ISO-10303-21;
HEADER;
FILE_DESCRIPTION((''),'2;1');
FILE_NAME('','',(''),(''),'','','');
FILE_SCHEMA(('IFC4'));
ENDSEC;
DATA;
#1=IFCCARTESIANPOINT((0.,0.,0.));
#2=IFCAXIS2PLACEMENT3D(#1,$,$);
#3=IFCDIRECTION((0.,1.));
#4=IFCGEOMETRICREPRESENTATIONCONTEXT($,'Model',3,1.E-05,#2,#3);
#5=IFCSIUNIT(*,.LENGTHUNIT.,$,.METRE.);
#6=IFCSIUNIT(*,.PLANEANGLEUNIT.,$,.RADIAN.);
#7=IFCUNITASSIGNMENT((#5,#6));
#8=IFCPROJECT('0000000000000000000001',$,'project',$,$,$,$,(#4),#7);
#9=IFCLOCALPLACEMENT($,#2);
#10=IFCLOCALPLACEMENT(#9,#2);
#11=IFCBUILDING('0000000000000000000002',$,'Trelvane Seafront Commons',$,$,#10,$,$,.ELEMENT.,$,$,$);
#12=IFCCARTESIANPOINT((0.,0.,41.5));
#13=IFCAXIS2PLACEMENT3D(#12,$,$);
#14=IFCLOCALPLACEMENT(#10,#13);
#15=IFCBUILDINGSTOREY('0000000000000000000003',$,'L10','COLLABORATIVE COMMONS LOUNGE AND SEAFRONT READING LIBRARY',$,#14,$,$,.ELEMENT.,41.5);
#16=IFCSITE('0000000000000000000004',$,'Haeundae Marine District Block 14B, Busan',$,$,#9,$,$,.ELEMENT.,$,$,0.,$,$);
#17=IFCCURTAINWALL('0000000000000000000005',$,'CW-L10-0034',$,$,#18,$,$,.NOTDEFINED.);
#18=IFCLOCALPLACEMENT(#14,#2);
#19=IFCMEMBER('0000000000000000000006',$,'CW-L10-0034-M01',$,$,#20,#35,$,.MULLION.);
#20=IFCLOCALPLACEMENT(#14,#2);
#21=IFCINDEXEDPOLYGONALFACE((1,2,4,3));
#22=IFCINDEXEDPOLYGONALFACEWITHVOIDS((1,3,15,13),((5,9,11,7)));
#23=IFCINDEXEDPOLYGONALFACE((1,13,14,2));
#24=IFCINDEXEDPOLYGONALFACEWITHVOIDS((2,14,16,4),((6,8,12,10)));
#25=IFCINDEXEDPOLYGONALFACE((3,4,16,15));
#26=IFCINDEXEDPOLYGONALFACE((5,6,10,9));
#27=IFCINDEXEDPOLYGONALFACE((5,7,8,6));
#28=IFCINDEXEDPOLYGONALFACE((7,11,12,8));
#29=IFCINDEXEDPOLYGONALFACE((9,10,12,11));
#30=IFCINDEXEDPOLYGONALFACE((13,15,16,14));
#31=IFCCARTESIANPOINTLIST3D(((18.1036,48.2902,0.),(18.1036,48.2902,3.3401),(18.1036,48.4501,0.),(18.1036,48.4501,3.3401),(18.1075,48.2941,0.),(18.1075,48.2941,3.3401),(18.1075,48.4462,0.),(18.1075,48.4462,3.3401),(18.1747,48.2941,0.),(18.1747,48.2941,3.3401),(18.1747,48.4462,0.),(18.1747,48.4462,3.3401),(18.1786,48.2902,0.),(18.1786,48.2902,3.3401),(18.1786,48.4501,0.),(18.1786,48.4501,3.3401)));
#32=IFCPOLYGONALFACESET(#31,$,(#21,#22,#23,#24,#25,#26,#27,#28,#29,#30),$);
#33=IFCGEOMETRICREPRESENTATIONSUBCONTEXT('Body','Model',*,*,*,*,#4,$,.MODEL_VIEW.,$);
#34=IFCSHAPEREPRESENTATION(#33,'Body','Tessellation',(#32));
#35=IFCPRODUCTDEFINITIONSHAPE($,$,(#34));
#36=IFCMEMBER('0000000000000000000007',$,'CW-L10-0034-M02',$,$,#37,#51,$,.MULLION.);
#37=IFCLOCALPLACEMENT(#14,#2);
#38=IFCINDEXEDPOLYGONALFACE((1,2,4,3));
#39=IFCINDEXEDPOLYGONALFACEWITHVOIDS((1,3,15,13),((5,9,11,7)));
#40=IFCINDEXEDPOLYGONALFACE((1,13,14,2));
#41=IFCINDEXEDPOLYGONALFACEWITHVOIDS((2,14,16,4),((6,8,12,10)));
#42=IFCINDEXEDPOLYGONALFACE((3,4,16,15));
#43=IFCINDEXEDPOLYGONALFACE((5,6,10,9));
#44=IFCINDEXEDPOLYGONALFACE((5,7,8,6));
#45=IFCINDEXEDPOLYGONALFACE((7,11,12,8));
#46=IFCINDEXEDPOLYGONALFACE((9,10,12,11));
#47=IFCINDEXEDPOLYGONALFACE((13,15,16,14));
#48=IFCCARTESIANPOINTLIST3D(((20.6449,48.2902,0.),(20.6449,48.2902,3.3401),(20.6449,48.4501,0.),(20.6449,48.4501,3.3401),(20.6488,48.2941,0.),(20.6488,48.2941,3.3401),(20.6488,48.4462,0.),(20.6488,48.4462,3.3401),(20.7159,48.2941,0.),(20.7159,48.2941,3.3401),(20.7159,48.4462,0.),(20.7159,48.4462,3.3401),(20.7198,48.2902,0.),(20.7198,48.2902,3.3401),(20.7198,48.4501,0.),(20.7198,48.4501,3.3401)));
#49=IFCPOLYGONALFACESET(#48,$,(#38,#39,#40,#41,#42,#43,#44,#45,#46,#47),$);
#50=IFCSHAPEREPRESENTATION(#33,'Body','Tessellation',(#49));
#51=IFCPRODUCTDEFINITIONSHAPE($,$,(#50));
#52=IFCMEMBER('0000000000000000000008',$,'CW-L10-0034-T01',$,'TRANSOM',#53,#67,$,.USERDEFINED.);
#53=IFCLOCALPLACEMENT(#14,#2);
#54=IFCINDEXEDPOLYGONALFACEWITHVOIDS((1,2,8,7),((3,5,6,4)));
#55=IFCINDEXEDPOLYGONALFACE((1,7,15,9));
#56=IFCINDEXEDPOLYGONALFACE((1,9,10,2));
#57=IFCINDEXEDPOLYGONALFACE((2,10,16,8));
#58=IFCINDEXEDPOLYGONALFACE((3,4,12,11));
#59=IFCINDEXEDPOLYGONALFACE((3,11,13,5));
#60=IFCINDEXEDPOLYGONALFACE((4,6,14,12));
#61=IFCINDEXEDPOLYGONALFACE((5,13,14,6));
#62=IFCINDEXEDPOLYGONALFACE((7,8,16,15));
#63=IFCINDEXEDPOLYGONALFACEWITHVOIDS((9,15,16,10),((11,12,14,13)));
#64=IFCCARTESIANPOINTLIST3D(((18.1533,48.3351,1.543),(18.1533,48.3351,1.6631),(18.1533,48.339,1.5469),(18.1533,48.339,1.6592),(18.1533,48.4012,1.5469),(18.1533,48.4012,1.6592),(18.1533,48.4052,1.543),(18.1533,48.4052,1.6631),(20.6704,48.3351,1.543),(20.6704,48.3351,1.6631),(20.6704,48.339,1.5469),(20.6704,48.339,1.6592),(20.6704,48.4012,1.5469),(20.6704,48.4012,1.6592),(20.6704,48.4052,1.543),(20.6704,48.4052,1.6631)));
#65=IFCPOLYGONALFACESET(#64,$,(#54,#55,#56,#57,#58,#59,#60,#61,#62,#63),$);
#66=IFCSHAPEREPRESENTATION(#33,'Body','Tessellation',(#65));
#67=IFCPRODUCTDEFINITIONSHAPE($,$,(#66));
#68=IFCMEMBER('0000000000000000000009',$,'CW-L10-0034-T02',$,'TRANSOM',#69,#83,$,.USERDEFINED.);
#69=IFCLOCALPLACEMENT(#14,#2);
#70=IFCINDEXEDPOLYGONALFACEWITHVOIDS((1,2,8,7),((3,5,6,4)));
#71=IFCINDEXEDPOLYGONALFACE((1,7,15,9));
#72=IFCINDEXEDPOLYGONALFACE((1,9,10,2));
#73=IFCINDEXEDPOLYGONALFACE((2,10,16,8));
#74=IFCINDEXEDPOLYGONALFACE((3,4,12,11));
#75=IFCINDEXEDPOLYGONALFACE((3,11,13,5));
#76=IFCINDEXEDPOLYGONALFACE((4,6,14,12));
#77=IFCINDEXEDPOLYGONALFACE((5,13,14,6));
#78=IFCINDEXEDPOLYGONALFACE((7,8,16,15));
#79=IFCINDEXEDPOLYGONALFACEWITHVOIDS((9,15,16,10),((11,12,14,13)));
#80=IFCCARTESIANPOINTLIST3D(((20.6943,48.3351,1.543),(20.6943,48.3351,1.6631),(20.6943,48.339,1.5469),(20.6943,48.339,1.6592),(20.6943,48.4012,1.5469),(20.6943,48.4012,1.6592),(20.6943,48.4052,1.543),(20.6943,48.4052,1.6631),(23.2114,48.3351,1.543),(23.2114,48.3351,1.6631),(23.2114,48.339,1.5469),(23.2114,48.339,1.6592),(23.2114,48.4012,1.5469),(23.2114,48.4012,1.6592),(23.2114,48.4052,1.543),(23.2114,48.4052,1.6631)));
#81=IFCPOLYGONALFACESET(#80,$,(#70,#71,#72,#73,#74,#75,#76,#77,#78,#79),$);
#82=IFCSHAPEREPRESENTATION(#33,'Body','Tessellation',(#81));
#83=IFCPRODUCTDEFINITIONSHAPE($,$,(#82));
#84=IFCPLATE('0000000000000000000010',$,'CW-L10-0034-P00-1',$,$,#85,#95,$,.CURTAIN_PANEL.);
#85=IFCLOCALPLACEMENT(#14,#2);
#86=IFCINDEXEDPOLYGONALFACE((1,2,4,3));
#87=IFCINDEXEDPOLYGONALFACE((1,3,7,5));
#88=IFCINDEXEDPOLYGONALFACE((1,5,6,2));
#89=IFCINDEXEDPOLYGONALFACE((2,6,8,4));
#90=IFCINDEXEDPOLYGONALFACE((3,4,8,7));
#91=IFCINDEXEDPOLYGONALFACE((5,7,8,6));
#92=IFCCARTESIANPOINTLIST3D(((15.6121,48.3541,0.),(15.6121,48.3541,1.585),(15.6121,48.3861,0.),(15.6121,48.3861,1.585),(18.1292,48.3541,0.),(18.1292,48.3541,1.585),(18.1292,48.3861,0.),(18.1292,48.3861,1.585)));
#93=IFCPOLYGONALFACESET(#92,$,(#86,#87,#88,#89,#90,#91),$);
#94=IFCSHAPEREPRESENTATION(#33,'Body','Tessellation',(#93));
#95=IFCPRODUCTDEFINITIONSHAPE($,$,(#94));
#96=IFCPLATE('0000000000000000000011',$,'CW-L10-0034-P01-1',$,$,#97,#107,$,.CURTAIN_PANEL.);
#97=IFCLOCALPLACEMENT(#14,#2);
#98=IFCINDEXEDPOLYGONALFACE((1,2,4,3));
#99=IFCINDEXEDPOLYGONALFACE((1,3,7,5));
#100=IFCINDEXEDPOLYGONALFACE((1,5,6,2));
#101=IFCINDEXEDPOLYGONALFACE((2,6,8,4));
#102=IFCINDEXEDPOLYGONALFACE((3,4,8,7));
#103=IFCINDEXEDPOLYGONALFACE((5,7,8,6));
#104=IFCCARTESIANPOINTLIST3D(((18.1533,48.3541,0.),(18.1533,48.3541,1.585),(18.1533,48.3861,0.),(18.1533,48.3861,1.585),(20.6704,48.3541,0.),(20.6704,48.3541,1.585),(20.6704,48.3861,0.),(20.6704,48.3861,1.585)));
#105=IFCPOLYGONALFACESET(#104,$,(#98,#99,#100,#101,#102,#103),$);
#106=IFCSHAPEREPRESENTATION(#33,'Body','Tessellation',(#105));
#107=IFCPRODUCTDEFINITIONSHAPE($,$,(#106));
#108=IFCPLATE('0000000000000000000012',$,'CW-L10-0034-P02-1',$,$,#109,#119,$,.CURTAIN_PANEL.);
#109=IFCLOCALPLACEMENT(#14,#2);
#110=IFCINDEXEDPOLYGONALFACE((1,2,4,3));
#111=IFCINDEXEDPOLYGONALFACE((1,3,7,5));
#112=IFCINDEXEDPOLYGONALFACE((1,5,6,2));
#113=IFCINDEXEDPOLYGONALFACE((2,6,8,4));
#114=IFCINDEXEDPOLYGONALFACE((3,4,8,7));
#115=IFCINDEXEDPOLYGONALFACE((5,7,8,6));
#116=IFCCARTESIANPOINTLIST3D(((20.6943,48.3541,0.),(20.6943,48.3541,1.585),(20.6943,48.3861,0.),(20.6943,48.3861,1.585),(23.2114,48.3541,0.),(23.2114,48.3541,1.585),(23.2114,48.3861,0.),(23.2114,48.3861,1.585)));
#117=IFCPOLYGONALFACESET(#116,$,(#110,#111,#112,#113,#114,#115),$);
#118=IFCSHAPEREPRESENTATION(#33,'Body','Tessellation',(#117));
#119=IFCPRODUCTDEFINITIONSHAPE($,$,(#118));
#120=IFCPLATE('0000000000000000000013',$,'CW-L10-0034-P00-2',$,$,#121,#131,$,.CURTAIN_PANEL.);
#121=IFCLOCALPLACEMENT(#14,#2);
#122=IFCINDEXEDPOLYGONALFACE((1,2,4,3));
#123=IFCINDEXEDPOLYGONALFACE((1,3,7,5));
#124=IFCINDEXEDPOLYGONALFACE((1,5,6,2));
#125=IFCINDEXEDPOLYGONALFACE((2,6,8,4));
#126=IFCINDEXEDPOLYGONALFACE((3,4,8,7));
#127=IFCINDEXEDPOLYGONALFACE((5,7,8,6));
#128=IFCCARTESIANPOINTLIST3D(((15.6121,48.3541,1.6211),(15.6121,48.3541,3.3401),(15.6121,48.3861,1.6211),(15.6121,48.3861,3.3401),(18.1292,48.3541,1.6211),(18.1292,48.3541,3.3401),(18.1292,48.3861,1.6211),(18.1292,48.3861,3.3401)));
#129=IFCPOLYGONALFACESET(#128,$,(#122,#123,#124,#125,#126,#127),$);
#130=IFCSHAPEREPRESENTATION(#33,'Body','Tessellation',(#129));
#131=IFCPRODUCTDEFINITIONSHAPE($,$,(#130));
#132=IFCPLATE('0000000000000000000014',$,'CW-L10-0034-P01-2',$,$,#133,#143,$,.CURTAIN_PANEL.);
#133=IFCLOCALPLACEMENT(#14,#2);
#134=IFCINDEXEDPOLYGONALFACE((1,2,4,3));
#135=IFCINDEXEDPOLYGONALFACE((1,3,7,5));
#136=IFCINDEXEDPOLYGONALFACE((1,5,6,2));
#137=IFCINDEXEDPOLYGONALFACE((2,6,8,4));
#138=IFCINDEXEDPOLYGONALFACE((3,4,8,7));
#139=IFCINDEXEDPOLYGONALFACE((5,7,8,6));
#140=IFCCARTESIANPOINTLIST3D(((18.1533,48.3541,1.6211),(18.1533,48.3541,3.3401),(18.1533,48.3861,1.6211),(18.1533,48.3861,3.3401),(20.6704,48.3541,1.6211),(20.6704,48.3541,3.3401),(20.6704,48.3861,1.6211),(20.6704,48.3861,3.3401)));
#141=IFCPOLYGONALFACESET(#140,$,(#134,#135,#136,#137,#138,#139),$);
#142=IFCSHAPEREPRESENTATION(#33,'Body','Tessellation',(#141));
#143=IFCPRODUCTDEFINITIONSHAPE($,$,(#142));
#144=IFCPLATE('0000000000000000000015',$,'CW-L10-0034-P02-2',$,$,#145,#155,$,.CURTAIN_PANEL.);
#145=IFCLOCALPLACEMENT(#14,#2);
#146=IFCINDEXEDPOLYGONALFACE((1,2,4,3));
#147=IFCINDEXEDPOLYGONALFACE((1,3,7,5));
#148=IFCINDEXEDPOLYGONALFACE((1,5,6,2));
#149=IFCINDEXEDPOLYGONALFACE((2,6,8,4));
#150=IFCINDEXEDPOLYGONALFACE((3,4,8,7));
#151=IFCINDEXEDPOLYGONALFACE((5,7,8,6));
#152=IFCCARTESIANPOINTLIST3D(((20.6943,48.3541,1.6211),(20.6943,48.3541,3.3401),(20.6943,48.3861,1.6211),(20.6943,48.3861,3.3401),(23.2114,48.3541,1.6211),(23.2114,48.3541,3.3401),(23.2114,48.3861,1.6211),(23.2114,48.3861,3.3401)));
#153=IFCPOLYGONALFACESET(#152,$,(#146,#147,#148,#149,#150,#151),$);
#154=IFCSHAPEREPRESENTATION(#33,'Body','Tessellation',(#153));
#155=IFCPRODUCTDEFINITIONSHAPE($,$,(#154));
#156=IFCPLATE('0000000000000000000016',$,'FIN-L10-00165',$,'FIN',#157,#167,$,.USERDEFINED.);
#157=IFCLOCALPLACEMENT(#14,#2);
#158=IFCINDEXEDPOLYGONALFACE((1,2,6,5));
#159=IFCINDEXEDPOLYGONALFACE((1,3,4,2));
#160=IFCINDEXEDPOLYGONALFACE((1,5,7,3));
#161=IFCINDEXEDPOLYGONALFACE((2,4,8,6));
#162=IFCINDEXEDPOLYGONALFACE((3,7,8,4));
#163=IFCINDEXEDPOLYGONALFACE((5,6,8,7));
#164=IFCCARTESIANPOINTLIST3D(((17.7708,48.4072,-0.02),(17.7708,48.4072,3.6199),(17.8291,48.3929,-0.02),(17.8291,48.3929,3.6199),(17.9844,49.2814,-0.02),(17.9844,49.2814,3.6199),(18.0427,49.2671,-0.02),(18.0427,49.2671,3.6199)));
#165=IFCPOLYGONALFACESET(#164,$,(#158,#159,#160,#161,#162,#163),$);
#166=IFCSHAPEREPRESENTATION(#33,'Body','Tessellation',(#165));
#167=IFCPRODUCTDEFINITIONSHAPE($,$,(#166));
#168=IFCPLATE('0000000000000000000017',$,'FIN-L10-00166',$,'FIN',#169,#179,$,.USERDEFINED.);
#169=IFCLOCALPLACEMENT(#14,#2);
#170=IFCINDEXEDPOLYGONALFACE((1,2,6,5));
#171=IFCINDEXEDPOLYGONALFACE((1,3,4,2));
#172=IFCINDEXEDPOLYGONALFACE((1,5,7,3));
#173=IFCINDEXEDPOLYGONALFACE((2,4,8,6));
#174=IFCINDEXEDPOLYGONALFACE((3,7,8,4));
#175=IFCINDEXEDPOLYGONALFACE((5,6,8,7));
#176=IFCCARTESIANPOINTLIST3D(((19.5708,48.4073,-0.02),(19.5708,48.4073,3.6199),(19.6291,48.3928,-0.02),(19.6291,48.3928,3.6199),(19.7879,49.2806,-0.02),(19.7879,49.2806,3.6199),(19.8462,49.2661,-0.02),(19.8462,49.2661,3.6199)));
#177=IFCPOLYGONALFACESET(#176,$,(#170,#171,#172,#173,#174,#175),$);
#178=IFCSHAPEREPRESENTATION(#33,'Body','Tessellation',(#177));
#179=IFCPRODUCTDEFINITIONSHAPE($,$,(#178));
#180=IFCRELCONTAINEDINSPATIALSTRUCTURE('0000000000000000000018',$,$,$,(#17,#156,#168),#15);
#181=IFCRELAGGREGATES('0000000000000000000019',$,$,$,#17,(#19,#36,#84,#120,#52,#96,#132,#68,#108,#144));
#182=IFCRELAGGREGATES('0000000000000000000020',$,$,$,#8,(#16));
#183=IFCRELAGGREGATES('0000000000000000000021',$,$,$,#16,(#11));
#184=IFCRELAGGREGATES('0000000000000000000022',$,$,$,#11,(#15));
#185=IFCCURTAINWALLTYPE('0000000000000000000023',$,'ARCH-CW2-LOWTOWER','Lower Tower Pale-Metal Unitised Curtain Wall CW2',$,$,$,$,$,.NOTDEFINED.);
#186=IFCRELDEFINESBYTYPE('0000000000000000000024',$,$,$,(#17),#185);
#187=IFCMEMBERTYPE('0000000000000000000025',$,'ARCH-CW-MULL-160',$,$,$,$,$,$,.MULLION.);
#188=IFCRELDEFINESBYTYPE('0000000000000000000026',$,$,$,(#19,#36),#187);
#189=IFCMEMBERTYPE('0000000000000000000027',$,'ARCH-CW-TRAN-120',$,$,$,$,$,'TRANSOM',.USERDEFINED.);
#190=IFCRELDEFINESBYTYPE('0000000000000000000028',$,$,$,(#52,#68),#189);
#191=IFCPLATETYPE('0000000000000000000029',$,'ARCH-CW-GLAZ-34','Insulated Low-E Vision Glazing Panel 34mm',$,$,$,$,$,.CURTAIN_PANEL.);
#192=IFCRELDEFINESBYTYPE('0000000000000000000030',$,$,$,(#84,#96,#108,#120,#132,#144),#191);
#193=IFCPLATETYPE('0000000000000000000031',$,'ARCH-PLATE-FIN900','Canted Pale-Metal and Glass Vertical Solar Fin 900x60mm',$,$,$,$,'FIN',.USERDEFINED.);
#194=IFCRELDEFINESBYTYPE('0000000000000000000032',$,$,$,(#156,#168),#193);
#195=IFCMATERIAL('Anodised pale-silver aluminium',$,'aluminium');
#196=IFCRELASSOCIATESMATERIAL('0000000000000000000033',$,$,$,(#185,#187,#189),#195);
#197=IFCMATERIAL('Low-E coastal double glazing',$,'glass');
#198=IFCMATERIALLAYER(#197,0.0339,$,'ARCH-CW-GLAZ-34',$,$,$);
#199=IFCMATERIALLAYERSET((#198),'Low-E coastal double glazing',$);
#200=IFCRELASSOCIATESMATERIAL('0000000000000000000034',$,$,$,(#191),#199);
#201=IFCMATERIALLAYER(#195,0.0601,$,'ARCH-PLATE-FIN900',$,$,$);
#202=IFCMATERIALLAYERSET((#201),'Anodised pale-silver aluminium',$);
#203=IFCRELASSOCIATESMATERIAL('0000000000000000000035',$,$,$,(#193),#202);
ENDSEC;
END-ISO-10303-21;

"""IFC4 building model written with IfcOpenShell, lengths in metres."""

from ifc_helpers import new_model, si_unit, direction, frame, origin, origin_2d, place, context, subcontext, project, spatial, rectangle, hollow_rectangle, extrude, source, transform, mapped, material, layer, layer_set, material_profile, profile_set, type_object, element, aggregate, save


model = new_model("IFC4")

# Units and contexts
model_context = context("Model", 3, precision=1e-05, world=origin(), true_north=direction((0.0, 1.0)))
body_context = subcontext(model_context, "Body", "Model", "MODEL_VIEW")
ifc_project = project(units=[si_unit("LENGTHUNIT", "METRE"), si_unit("PLANEANGLEUNIT", "RADIAN")], contexts=[model_context])

# Site, building, storey
site_placement = place(None, origin())
site = spatial("IfcSite", under=ifc_project, at=site_placement, Name="Haeundae Marine District Block 14B, Busan", CompositionType="ELEMENT", RefElevation=0.0)
building_placement = place(site_placement, origin())
building = spatial("IfcBuilding", under=site, at=building_placement, Name="Trelvane Seafront Commons", CompositionType="ELEMENT")
storey_placement = place(building_placement, frame((0.0, 0.0, 41.5)))
storey = spatial("IfcBuildingStorey", under=building, at=storey_placement, Name="L10", Description="COLLABORATIVE COMMONS LOUNGE AND SEAFRONT READING LIBRARY", CompositionType="ELEMENT", Elevation=41.5)

# Curtain wall, members, plates
ifc_material_1 = material(Name="Anodised pale-silver aluminium", Category="aluminium")
curtain_wall_type = type_object("IfcCurtainWallType", Name="ARCH-CW2-LOWTOWER", Description="Lower Tower Pale-Metal Unitised Curtain Wall CW2", PredefinedType="NOTDEFINED", material=ifc_material_1)
curtain_wall_placement = place(storey_placement, origin())
curtain_wall = element("IfcCurtainWall", 1, at=curtain_wall_placement, inside=storey, type_object=curtain_wall_type, Name="CW-L10-0034", PredefinedType="NOTDEFINED")
ifc_material_profile_1 = material_profile(ifc_material_1, hollow_rectangle(XDim=0.075, YDim=0.1599, WallThickness=0.0039, at=origin_2d()), Name="MULL-75x160x4")
ifc_profile_set_1 = profile_set([ifc_material_profile_1], Name="Anodised pale-silver aluminium")
member_type_1 = type_object("IfcMemberType", Name="ARCH-CW-MULL-160", PredefinedType="MULLION", material=ifc_profile_set_1)
shared_shape_1 = source(origin(), body_context, "Body", "SweptSolid", [
    extrude(hollow_rectangle(XDim=0.075, YDim=0.1599, WallThickness=0.0039, at=origin_2d()), origin(), (0.0, 0.0, 1.0), 3.3401),
])
member_1_placement = place(storey_placement, frame((18.1411, 48.3701, 0.0), z_axis=(0.0, 0.0, 1.0), x_axis=(1.0, 0.0, 0.0)))
member_1 = element("IfcMember", 2, at=member_1_placement, type_object=member_type_1, Name="CW-L10-0034-M01", PredefinedType="MULLION", context=body_context, shape_type="MappedRepresentation", body=[
    mapped(shared_shape_1, transform((0.0, 0.0, 0.0), x_axis=(1.0, 0.0, 0.0), y_axis=(0.0, 1.0, 0.0), z_axis=(0.0, 0.0, 1.0), scale=1.0)),
])
member_2_placement = place(storey_placement, frame((20.6824, 48.3701, 0.0), z_axis=(0.0, 0.0, 1.0), x_axis=(1.0, 0.0, 0.0)))
member_2 = element("IfcMember", 3, at=member_2_placement, type_object=member_type_1, Name="CW-L10-0034-M02", PredefinedType="MULLION", context=body_context, shape_type="MappedRepresentation", body=[
    mapped(shared_shape_1, transform((0.0, 0.0, 0.0), x_axis=(1.0, 0.0, 0.0), y_axis=(0.0, 1.0, 0.0), z_axis=(0.0, 0.0, 1.0), scale=1.0)),
])
ifc_material_profile_2 = material_profile(ifc_material_1, hollow_rectangle(XDim=0.0701, YDim=0.1201, WallThickness=0.0039, at=origin_2d()), Name="TRAN-70x120x4")
ifc_profile_set_2 = profile_set([ifc_material_profile_2], Name="Anodised pale-silver aluminium")
member_type_2 = type_object("IfcMemberType", Name="ARCH-CW-TRAN-120", ElementType="TRANSOM", PredefinedType="USERDEFINED", material=ifc_profile_set_2)
shared_shape_2 = source(origin(), body_context, "Body", "SweptSolid", [
    extrude(hollow_rectangle(XDim=0.0701, YDim=0.1201, WallThickness=0.0039, at=origin_2d()), origin(), (0.0, 0.0, 1.0), 2.5171),
])
member_3_placement = place(storey_placement, frame((18.1533, 48.3701, 1.603), z_axis=(1.0, 0.0, 0.0), x_axis=(0.0, 1.0, 0.0)))
member_3 = element("IfcMember", 4, at=member_3_placement, type_object=member_type_2, Name="CW-L10-0034-T01", ObjectType="TRANSOM", PredefinedType="USERDEFINED", context=body_context, shape_type="MappedRepresentation", body=[
    mapped(shared_shape_2, transform((0.0, 0.0, 0.0), x_axis=(1.0, 0.0, 0.0), y_axis=(0.0, 1.0, 0.0), z_axis=(0.0, 0.0, 1.0), scale=1.0)),
])
member_4_placement = place(storey_placement, frame((20.6943, 48.3701, 1.603), z_axis=(1.0, 0.0, 0.0), x_axis=(0.0, 1.0, 0.0)))
member_4 = element("IfcMember", 5, at=member_4_placement, type_object=member_type_2, Name="CW-L10-0034-T02", ObjectType="TRANSOM", PredefinedType="USERDEFINED", context=body_context, shape_type="MappedRepresentation", body=[
    mapped(shared_shape_2, transform((0.0, 0.0, 0.0), x_axis=(1.0, 0.0, 0.0), y_axis=(0.0, 1.0, 0.0), z_axis=(0.0, 0.0, 1.0), scale=1.0)),
])
ifc_material_2 = material(Name="Low-E coastal double glazing", Category="glass")
ifc_layer_1 = layer(ifc_material_2, 0.0339, Name="ARCH-CW-GLAZ-34")
ifc_layer_set_1 = layer_set([ifc_layer_1], Name="Low-E coastal double glazing")
plate_type_1 = type_object("IfcPlateType", Name="ARCH-CW-GLAZ-34", Description="Insulated Low-E Vision Glazing Panel 34mm", PredefinedType="CURTAIN_PANEL", material=ifc_layer_set_1)
shared_shape_3 = source(origin(), body_context, "Body", "SweptSolid", [
    extrude(rectangle(XDim=2.5171, YDim=0.032, at=origin_2d()), origin(), (0.0, 0.0, 1.0), 1.585),
])
plate_1_placement = place(storey_placement, frame((16.8706, 48.3701, 0.0), z_axis=(0.0, 0.0, 1.0), x_axis=(1.0, 0.0, 0.0)))
plate_1 = element("IfcPlate", 6, at=plate_1_placement, type_object=plate_type_1, Name="CW-L10-0034-P00-1", PredefinedType="CURTAIN_PANEL", context=body_context, shape_type="MappedRepresentation", body=[
    mapped(shared_shape_3, transform((0.0, 0.0, 0.0), x_axis=(1.0, 0.0, 0.0), y_axis=(0.0, 1.0, 0.0), z_axis=(0.0, 0.0, 1.0), scale=1.0)),
])
plate_2_placement = place(storey_placement, frame((19.4119, 48.3701, 0.0), z_axis=(0.0, 0.0, 1.0), x_axis=(1.0, 0.0, 0.0)))
plate_2 = element("IfcPlate", 7, at=plate_2_placement, type_object=plate_type_1, Name="CW-L10-0034-P01-1", PredefinedType="CURTAIN_PANEL", context=body_context, shape_type="MappedRepresentation", body=[
    mapped(shared_shape_3, transform((0.0, 0.0, 0.0), x_axis=(1.0, 0.0, 0.0), y_axis=(0.0, 1.0, 0.0), z_axis=(0.0, 0.0, 1.0), scale=1.0)),
])
plate_3_placement = place(storey_placement, frame((21.9529, 48.3701, 0.0), z_axis=(0.0, 0.0, 1.0), x_axis=(1.0, 0.0, 0.0)))
plate_3 = element("IfcPlate", 8, at=plate_3_placement, type_object=plate_type_1, Name="CW-L10-0034-P02-1", PredefinedType="CURTAIN_PANEL", context=body_context, shape_type="MappedRepresentation", body=[
    mapped(shared_shape_3, transform((0.0, 0.0, 0.0), x_axis=(1.0, 0.0, 0.0), y_axis=(0.0, 1.0, 0.0), z_axis=(0.0, 0.0, 1.0), scale=1.0)),
])
shared_shape_4 = source(origin(), body_context, "Body", "SweptSolid", [
    extrude(rectangle(XDim=2.5171, YDim=0.032, at=origin_2d()), origin(), (0.0, 0.0, 1.0), 1.719),
])
plate_4_placement = place(storey_placement, frame((16.8706, 48.3701, 1.6211), z_axis=(0.0, 0.0, 1.0), x_axis=(1.0, 0.0, 0.0)))
plate_4 = element("IfcPlate", 9, at=plate_4_placement, type_object=plate_type_1, Name="CW-L10-0034-P00-2", PredefinedType="CURTAIN_PANEL", context=body_context, shape_type="MappedRepresentation", body=[
    mapped(shared_shape_4, transform((0.0, 0.0, 0.0), x_axis=(1.0, 0.0, 0.0), y_axis=(0.0, 1.0, 0.0), z_axis=(0.0, 0.0, 1.0), scale=1.0)),
])
plate_5_placement = place(storey_placement, frame((19.4119, 48.3701, 1.6211), z_axis=(0.0, 0.0, 1.0), x_axis=(1.0, 0.0, 0.0)))
plate_5 = element("IfcPlate", 10, at=plate_5_placement, type_object=plate_type_1, Name="CW-L10-0034-P01-2", PredefinedType="CURTAIN_PANEL", context=body_context, shape_type="MappedRepresentation", body=[
    mapped(shared_shape_4, transform((0.0, 0.0, 0.0), x_axis=(1.0, 0.0, 0.0), y_axis=(0.0, 1.0, 0.0), z_axis=(0.0, 0.0, 1.0), scale=1.0)),
])
plate_6_placement = place(storey_placement, frame((21.9529, 48.3701, 1.6211), z_axis=(0.0, 0.0, 1.0), x_axis=(1.0, 0.0, 0.0)))
plate_6 = element("IfcPlate", 11, at=plate_6_placement, type_object=plate_type_1, Name="CW-L10-0034-P02-2", PredefinedType="CURTAIN_PANEL", context=body_context, shape_type="MappedRepresentation", body=[
    mapped(shared_shape_4, transform((0.0, 0.0, 0.0), x_axis=(1.0, 0.0, 0.0), y_axis=(0.0, 1.0, 0.0), z_axis=(0.0, 0.0, 1.0), scale=1.0)),
])
aggregate(curtain_wall, [member_1, member_2, plate_1, plate_4, member_3, plate_2, plate_5, member_4, plate_3, plate_6])

# Plates
ifc_layer_2 = layer(ifc_material_1, 0.0601, Name="ARCH-PLATE-FIN900")
ifc_layer_set_2 = layer_set([ifc_layer_2], Name="Anodised pale-silver aluminium")
plate_type_2 = type_object("IfcPlateType", Name="ARCH-PLATE-FIN900", Description="Canted Pale-Metal and Glass Vertical Solar Fin 900x60mm", ElementType="FIN", PredefinedType="USERDEFINED", material=ifc_layer_set_2)
shared_shape_5 = source(origin(), body_context, "Body", "SweptSolid", [
    extrude(rectangle(XDim=0.8999, YDim=0.0601, at=origin_2d()), origin(), (0.0, 0.0, 1.0), 3.6399),
])
for number, where, z_axis, x_axis, name in (
    (12, (17.9067, 48.8372, -0.02), (0.0, 0.0, 1.0), (0.23733, 0.971429, 0.0), "FIN-L10-00165"),
    (13, (19.7085, 48.8367, -0.02), (0.0, 0.0, 1.0), (0.241228, 0.970469, 0.0), "FIN-L10-00166"),
):
    element("IfcPlate", number, at=place(storey_placement, frame(where, z_axis=z_axis, x_axis=x_axis)), inside=storey, type_object=plate_type_2, Name=name, ObjectType="FIN", PredefinedType="USERDEFINED", context=body_context, shape_type="MappedRepresentation", body=[
        mapped(shared_shape_5, transform((0.0, 0.0, 0.0), x_axis=(1.0, 0.0, 0.0), y_axis=(0.0, 1.0, 0.0), z_axis=(0.0, 0.0, 1.0), scale=1.0)),
    ])

save(model, "model.ifc")
